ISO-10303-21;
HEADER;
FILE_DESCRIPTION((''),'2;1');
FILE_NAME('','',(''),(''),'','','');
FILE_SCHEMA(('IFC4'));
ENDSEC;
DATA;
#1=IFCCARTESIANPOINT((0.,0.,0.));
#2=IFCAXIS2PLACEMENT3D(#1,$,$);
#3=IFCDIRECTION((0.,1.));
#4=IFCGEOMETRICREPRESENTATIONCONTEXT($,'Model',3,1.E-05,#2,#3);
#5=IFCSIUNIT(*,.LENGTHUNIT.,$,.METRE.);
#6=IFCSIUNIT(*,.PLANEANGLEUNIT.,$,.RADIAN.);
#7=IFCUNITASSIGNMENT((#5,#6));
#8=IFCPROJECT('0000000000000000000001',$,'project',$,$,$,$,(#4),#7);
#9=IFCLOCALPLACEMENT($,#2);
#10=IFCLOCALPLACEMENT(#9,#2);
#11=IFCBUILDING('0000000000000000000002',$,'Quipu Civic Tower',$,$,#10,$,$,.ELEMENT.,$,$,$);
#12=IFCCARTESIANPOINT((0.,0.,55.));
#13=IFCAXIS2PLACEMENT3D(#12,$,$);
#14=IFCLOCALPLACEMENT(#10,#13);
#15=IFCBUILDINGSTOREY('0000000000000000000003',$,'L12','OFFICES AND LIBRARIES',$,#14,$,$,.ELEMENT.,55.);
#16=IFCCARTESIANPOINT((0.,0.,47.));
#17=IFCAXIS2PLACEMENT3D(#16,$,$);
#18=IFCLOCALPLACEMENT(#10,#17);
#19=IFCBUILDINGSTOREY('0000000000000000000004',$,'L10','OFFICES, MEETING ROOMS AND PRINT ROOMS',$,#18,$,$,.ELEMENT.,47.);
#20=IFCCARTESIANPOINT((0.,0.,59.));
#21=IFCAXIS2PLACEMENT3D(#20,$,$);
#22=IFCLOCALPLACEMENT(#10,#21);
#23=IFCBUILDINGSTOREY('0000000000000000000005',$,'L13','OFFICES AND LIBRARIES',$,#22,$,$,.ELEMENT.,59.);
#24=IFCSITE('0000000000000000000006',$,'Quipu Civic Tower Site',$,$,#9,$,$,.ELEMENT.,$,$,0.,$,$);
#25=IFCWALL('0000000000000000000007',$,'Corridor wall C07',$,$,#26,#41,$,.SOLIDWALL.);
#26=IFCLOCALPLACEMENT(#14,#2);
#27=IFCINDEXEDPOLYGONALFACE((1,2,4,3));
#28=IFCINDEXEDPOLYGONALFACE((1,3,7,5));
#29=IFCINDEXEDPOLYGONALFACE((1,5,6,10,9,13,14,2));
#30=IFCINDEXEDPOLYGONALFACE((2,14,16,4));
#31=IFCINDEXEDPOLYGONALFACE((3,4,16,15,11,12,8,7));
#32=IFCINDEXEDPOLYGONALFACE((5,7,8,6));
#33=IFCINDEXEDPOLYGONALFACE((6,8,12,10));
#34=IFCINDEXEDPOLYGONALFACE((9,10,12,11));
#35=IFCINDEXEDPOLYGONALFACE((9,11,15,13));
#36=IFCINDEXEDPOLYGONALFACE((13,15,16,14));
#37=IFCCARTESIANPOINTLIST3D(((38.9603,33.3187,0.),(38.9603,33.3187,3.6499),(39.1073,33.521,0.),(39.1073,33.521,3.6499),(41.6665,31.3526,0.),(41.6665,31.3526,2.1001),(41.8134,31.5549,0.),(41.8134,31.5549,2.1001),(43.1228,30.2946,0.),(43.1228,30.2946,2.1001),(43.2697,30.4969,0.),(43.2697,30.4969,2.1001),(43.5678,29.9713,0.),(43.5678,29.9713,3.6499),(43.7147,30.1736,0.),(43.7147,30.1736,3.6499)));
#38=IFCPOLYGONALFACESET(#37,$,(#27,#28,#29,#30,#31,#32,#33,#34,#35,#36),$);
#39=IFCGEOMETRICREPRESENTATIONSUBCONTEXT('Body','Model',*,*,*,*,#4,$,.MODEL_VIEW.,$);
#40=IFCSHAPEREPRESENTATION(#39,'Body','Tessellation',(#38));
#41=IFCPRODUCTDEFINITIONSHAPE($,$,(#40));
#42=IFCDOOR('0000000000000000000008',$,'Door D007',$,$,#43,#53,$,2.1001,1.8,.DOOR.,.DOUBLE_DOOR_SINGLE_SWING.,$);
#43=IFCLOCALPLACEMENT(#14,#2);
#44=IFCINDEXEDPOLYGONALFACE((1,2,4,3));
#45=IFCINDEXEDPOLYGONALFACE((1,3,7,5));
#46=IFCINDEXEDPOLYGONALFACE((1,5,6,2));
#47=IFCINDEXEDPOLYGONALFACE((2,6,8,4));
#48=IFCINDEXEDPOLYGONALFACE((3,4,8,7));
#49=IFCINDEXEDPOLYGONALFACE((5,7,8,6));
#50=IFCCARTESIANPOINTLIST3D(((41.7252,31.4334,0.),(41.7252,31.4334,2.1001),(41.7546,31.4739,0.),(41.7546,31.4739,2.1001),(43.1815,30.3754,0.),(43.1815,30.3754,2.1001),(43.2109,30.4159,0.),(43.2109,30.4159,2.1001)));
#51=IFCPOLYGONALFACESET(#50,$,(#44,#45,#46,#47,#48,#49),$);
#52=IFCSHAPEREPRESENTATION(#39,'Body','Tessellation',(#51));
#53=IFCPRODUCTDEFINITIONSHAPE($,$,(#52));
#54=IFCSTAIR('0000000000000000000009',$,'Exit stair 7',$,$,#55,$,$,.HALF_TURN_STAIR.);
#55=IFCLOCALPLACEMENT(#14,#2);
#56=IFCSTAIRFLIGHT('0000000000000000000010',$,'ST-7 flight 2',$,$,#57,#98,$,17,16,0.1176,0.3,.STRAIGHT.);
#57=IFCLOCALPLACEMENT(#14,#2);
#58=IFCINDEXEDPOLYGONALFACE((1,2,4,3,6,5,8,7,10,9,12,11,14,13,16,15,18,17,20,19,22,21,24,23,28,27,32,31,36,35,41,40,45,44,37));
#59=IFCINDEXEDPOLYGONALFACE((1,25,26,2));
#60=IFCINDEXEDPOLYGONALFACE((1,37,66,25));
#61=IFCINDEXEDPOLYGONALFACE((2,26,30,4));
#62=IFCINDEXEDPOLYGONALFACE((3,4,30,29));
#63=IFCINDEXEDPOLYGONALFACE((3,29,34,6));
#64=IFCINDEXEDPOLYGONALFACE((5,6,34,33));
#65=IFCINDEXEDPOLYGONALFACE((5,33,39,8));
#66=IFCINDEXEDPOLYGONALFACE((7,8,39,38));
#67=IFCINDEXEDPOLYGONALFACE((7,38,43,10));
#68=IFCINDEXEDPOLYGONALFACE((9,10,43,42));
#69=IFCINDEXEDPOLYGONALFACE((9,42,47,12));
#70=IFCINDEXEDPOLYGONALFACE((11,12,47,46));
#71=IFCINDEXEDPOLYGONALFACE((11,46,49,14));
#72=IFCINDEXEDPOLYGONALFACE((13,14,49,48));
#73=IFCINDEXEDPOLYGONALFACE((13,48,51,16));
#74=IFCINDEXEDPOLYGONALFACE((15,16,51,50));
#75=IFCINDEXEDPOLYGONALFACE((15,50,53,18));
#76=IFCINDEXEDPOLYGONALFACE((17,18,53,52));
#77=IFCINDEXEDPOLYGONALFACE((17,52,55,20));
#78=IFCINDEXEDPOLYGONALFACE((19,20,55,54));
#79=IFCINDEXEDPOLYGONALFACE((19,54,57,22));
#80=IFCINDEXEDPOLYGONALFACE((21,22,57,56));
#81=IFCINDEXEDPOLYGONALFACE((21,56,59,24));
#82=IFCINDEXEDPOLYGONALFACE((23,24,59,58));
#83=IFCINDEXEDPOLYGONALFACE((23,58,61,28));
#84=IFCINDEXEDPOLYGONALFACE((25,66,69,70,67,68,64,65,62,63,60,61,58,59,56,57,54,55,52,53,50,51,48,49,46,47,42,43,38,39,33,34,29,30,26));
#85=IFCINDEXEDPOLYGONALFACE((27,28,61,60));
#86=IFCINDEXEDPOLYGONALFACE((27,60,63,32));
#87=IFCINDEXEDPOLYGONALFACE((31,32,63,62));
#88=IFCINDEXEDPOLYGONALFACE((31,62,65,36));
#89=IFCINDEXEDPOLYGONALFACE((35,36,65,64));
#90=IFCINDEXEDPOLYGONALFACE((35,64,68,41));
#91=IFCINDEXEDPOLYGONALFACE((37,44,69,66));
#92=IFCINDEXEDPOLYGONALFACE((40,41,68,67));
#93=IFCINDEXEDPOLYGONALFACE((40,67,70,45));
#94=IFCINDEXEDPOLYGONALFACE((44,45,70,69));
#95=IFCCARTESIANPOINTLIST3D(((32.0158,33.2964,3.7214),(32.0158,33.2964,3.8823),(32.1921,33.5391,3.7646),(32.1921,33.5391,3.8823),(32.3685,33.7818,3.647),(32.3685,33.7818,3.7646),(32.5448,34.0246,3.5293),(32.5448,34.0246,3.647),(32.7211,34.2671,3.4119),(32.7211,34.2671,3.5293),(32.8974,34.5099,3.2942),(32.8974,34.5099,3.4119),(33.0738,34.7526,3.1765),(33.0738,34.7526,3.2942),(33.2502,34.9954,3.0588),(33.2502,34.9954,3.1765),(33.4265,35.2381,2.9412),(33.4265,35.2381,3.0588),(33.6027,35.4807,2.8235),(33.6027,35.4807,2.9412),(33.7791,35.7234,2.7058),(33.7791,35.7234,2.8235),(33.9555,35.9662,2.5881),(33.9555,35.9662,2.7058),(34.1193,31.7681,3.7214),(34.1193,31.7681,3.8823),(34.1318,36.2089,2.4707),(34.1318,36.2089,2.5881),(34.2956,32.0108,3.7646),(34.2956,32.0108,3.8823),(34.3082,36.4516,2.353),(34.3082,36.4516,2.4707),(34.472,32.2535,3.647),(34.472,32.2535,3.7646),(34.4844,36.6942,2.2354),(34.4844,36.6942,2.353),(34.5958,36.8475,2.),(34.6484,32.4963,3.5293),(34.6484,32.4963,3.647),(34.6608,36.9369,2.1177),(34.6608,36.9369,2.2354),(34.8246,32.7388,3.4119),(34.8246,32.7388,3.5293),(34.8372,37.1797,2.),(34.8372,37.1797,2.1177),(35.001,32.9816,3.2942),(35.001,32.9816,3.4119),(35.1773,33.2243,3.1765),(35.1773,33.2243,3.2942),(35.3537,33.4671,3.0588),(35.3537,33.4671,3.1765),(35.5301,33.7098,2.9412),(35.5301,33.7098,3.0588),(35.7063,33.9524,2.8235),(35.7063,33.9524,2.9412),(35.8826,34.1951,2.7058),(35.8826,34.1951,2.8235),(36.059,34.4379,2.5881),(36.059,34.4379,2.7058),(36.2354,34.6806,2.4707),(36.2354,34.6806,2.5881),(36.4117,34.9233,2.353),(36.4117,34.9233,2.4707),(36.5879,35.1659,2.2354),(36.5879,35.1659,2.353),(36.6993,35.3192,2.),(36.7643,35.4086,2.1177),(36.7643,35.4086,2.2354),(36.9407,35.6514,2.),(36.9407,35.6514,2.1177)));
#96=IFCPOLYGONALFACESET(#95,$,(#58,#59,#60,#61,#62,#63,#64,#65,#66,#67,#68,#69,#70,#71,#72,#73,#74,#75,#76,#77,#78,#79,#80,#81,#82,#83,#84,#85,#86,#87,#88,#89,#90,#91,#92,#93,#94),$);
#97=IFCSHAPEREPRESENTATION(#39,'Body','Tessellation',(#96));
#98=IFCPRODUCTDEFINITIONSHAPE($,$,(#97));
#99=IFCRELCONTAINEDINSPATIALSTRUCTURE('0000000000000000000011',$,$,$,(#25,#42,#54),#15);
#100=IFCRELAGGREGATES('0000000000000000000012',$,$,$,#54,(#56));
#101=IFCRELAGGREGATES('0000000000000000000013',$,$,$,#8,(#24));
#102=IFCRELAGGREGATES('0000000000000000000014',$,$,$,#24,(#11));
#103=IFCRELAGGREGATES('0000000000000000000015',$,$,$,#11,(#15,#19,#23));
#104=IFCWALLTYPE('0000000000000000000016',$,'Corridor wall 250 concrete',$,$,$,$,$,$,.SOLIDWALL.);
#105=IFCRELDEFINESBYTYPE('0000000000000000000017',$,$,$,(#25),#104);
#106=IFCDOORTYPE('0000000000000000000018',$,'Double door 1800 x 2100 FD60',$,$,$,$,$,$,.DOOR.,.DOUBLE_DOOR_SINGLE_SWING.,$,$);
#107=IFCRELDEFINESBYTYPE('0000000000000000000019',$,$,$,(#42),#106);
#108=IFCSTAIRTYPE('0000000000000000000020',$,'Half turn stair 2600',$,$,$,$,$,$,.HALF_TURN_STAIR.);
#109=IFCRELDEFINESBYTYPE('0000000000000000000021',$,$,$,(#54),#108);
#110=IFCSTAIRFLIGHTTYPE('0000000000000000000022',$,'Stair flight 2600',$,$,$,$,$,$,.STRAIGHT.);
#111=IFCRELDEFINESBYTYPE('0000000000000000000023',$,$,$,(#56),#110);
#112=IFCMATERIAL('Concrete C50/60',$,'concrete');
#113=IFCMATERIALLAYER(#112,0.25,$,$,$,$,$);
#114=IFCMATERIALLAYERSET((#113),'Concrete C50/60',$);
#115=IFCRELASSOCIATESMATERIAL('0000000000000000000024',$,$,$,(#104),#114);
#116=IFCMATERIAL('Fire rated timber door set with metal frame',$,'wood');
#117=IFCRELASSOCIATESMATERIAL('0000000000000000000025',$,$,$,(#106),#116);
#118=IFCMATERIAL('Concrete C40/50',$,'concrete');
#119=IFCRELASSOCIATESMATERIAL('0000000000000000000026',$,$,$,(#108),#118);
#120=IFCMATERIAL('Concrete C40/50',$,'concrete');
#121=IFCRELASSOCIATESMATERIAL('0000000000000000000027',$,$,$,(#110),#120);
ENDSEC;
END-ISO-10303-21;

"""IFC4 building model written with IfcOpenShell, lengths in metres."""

from ifc_helpers import new_model, si_unit, direction, frame, frame_2d, origin, place, context, subcontext, project, spatial, polyline, rectangle, outline, extrude, material, layer, layer_set, type_object, element, fill, aggregate, save


model = new_model("IFC4")

# Units and contexts
model_context = context("Model", 3, precision=1e-05, world=origin(), true_north=direction((0.0, 1.0)))
body_context = subcontext(model_context, "Body", "Model", "MODEL_VIEW")
ifc_project = project(units=[si_unit("LENGTHUNIT", "METRE"), si_unit("PLANEANGLEUNIT", "RADIAN")], contexts=[model_context])

# Site, building, storey
site_placement = place(None, origin())
site = spatial("IfcSite", under=ifc_project, at=site_placement, Name="Quipu Civic Tower Site", CompositionType="ELEMENT", RefElevation=0.0)
building_placement = place(site_placement, origin())
building = spatial("IfcBuilding", under=site, at=building_placement, Name="Quipu Civic Tower", CompositionType="ELEMENT")
storey_1_placement = place(building_placement, frame((0.0, 0.0, 55.0)))
storey_1 = spatial("IfcBuildingStorey", under=building, at=storey_1_placement, Name="L12", Description="OFFICES AND LIBRARIES", CompositionType="ELEMENT", Elevation=55.0)

# Shared definitions
storey_2_placement = place(building_placement, frame((0.0, 0.0, 47.0)))
storey_2 = spatial("IfcBuildingStorey", under=building, at=storey_2_placement, Name="L10", Description="OFFICES, MEETING ROOMS AND PRINT ROOMS", CompositionType="ELEMENT", Elevation=47.0)

# Shared definitions
storey_3_placement = place(building_placement, frame((0.0, 0.0, 59.0)))
storey_3 = spatial("IfcBuildingStorey", under=building, at=storey_3_placement, Name="L13", Description="OFFICES AND LIBRARIES", CompositionType="ELEMENT", Elevation=59.0)

# Wall, opening, door
ifc_material_1 = material(Name="Concrete C50/60", Category="concrete")
ifc_layer_1 = layer(ifc_material_1, 0.25)
ifc_layer_set_1 = layer_set([ifc_layer_1], Name="Concrete C50/60")
wall_type = type_object("IfcWallType", Name="Corridor wall 250 concrete", PredefinedType="SOLIDWALL", material=ifc_layer_set_1)
wall_placement = place(storey_1_placement, frame((39.0337, 33.4199, 0.0), z_axis=(0.0, 0.0, 1.0), x_axis=(0.809023, -0.587777, 0.0)))
wall = element("IfcWall", 1, at=wall_placement, inside=storey_1, type_object=wall_type, Name="Corridor wall C07", PredefinedType="SOLIDWALL", context=body_context, shape_type="SweptSolid", body=[
    extrude(rectangle(XDim=5.6951, YDim=0.25, at=frame_2d((2.8477, 0.0))), origin(), (0.0, 0.0, 1.0), 3.6499),
])
opening_placement = place(wall_placement, frame((3.3452, 0.0, 0.0)))
opening = element("IfcOpeningElement", 2, at=opening_placement, cuts=wall, PredefinedType="OPENING", context=body_context, shape_type="SweptSolid", body=[
    extrude(rectangle(XDim=1.8, YDim=2.1001, at=frame_2d((0.8999, 1.05))), frame((0.0, 0.135, 0.0), z_axis=(0.0, -1.0, 0.0), x_axis=(1.0, 0.0, 0.0)), (0.0, 0.0, 1.0), 0.27),
])
ifc_material_2 = material(Name="Fire rated timber door set with metal frame", Category="wood")
door_type = type_object("IfcDoorType", Name="Double door 1800 x 2100 FD60", OperationType="DOUBLE_DOOR_SINGLE_SWING", PredefinedType="DOOR", material=ifc_material_2)
door_placement = place(opening_placement, origin())
door = element("IfcDoor", 3, at=door_placement, inside=storey_1, type_object=door_type, Name="Door D007", OperationType="DOUBLE_DOOR_SINGLE_SWING", OverallHeight=2.1001, OverallWidth=1.8, PredefinedType="DOOR", context=body_context, shape_type="SweptSolid", body=[
    extrude(rectangle(XDim=1.8, YDim=2.1001, at=frame_2d((0.8999, 1.05))), frame((0.0, 0.0249, 0.0), z_axis=(0.0, -1.0, 0.0), x_axis=(1.0, 0.0, 0.0)), (0.0, 0.0, 1.0), 0.05),
])
fill(opening, door)

# Stair, stair flight
ifc_material_3 = material(Name="Concrete C40/50", Category="concrete")
stair_type = type_object("IfcStairType", Name="Half turn stair 2600", PredefinedType="HALF_TURN_STAIR", material=ifc_material_3)
stair_placement = place(storey_1_placement, origin())
stair = element("IfcStair", 4, at=stair_placement, inside=storey_1, type_object=stair_type, Name="Exit stair 7", PredefinedType="HALF_TURN_STAIR")
ifc_material_4 = material(Name="Concrete C40/50", Category="concrete")
stair_flight_type = type_object("IfcStairFlightType", Name="Stair flight 2600", PredefinedType="STRAIGHT", material=ifc_material_4)
stair_flight_placement = place(storey_1_placement, frame((35.8889, 36.4155, 2.0), z_axis=(0.0, 0.0, 1.0), x_axis=(-0.587785, -0.809017, 0.0)))
stair_flight = element("IfcStairFlight", 5, at=stair_flight_placement, type_object=stair_flight_type, Name="ST-7 flight 2", NumberOfRisers=17, NumberOfTreads=16, PredefinedType="STRAIGHT", RiserHeight=0.1176, TreadLength=0.3, context=body_context, shape_type="SweptSolid", body=[
    extrude(outline(polyline([(0.0, 0.0), (0.0, 0.1177), (0.3, 0.1177), (0.3, 0.2354), (0.6001, 0.2354), (0.6001, 0.353), (0.8999, 0.353), (0.8999, 0.4707), (1.2, 0.4707), (1.2, 0.5881), (1.5, 0.5881), (1.5, 0.7058), (1.8, 0.7058), (1.8, 0.8235), (2.1001, 0.8235), (2.1001, 0.9412), (2.3999, 0.9412), (2.3999, 1.0588), (2.7, 1.0588), (2.7, 1.1765), (3.0, 1.1765), (3.0, 1.2942), (3.3, 1.2942), (3.3, 1.4119), (3.6001, 1.4119), (3.6001, 1.5293), (3.8999, 1.5293), (3.8999, 1.647), (4.2, 1.647), (4.2, 1.7646), (4.5, 1.7646), (4.5, 1.8823), (4.8, 1.8823), (4.8, 2.0), (4.8, 1.7214), (0.4106, 0.0), (0.0, 0.0)])), frame((0.0, 1.3, 0.0), z_axis=(0.0, -1.0, 0.0), x_axis=(1.0, 0.0, 0.0)), (0.0, 0.0, 1.0), 2.6001),
])
aggregate(stair, [stair_flight])

save(model, "model.ifc")
